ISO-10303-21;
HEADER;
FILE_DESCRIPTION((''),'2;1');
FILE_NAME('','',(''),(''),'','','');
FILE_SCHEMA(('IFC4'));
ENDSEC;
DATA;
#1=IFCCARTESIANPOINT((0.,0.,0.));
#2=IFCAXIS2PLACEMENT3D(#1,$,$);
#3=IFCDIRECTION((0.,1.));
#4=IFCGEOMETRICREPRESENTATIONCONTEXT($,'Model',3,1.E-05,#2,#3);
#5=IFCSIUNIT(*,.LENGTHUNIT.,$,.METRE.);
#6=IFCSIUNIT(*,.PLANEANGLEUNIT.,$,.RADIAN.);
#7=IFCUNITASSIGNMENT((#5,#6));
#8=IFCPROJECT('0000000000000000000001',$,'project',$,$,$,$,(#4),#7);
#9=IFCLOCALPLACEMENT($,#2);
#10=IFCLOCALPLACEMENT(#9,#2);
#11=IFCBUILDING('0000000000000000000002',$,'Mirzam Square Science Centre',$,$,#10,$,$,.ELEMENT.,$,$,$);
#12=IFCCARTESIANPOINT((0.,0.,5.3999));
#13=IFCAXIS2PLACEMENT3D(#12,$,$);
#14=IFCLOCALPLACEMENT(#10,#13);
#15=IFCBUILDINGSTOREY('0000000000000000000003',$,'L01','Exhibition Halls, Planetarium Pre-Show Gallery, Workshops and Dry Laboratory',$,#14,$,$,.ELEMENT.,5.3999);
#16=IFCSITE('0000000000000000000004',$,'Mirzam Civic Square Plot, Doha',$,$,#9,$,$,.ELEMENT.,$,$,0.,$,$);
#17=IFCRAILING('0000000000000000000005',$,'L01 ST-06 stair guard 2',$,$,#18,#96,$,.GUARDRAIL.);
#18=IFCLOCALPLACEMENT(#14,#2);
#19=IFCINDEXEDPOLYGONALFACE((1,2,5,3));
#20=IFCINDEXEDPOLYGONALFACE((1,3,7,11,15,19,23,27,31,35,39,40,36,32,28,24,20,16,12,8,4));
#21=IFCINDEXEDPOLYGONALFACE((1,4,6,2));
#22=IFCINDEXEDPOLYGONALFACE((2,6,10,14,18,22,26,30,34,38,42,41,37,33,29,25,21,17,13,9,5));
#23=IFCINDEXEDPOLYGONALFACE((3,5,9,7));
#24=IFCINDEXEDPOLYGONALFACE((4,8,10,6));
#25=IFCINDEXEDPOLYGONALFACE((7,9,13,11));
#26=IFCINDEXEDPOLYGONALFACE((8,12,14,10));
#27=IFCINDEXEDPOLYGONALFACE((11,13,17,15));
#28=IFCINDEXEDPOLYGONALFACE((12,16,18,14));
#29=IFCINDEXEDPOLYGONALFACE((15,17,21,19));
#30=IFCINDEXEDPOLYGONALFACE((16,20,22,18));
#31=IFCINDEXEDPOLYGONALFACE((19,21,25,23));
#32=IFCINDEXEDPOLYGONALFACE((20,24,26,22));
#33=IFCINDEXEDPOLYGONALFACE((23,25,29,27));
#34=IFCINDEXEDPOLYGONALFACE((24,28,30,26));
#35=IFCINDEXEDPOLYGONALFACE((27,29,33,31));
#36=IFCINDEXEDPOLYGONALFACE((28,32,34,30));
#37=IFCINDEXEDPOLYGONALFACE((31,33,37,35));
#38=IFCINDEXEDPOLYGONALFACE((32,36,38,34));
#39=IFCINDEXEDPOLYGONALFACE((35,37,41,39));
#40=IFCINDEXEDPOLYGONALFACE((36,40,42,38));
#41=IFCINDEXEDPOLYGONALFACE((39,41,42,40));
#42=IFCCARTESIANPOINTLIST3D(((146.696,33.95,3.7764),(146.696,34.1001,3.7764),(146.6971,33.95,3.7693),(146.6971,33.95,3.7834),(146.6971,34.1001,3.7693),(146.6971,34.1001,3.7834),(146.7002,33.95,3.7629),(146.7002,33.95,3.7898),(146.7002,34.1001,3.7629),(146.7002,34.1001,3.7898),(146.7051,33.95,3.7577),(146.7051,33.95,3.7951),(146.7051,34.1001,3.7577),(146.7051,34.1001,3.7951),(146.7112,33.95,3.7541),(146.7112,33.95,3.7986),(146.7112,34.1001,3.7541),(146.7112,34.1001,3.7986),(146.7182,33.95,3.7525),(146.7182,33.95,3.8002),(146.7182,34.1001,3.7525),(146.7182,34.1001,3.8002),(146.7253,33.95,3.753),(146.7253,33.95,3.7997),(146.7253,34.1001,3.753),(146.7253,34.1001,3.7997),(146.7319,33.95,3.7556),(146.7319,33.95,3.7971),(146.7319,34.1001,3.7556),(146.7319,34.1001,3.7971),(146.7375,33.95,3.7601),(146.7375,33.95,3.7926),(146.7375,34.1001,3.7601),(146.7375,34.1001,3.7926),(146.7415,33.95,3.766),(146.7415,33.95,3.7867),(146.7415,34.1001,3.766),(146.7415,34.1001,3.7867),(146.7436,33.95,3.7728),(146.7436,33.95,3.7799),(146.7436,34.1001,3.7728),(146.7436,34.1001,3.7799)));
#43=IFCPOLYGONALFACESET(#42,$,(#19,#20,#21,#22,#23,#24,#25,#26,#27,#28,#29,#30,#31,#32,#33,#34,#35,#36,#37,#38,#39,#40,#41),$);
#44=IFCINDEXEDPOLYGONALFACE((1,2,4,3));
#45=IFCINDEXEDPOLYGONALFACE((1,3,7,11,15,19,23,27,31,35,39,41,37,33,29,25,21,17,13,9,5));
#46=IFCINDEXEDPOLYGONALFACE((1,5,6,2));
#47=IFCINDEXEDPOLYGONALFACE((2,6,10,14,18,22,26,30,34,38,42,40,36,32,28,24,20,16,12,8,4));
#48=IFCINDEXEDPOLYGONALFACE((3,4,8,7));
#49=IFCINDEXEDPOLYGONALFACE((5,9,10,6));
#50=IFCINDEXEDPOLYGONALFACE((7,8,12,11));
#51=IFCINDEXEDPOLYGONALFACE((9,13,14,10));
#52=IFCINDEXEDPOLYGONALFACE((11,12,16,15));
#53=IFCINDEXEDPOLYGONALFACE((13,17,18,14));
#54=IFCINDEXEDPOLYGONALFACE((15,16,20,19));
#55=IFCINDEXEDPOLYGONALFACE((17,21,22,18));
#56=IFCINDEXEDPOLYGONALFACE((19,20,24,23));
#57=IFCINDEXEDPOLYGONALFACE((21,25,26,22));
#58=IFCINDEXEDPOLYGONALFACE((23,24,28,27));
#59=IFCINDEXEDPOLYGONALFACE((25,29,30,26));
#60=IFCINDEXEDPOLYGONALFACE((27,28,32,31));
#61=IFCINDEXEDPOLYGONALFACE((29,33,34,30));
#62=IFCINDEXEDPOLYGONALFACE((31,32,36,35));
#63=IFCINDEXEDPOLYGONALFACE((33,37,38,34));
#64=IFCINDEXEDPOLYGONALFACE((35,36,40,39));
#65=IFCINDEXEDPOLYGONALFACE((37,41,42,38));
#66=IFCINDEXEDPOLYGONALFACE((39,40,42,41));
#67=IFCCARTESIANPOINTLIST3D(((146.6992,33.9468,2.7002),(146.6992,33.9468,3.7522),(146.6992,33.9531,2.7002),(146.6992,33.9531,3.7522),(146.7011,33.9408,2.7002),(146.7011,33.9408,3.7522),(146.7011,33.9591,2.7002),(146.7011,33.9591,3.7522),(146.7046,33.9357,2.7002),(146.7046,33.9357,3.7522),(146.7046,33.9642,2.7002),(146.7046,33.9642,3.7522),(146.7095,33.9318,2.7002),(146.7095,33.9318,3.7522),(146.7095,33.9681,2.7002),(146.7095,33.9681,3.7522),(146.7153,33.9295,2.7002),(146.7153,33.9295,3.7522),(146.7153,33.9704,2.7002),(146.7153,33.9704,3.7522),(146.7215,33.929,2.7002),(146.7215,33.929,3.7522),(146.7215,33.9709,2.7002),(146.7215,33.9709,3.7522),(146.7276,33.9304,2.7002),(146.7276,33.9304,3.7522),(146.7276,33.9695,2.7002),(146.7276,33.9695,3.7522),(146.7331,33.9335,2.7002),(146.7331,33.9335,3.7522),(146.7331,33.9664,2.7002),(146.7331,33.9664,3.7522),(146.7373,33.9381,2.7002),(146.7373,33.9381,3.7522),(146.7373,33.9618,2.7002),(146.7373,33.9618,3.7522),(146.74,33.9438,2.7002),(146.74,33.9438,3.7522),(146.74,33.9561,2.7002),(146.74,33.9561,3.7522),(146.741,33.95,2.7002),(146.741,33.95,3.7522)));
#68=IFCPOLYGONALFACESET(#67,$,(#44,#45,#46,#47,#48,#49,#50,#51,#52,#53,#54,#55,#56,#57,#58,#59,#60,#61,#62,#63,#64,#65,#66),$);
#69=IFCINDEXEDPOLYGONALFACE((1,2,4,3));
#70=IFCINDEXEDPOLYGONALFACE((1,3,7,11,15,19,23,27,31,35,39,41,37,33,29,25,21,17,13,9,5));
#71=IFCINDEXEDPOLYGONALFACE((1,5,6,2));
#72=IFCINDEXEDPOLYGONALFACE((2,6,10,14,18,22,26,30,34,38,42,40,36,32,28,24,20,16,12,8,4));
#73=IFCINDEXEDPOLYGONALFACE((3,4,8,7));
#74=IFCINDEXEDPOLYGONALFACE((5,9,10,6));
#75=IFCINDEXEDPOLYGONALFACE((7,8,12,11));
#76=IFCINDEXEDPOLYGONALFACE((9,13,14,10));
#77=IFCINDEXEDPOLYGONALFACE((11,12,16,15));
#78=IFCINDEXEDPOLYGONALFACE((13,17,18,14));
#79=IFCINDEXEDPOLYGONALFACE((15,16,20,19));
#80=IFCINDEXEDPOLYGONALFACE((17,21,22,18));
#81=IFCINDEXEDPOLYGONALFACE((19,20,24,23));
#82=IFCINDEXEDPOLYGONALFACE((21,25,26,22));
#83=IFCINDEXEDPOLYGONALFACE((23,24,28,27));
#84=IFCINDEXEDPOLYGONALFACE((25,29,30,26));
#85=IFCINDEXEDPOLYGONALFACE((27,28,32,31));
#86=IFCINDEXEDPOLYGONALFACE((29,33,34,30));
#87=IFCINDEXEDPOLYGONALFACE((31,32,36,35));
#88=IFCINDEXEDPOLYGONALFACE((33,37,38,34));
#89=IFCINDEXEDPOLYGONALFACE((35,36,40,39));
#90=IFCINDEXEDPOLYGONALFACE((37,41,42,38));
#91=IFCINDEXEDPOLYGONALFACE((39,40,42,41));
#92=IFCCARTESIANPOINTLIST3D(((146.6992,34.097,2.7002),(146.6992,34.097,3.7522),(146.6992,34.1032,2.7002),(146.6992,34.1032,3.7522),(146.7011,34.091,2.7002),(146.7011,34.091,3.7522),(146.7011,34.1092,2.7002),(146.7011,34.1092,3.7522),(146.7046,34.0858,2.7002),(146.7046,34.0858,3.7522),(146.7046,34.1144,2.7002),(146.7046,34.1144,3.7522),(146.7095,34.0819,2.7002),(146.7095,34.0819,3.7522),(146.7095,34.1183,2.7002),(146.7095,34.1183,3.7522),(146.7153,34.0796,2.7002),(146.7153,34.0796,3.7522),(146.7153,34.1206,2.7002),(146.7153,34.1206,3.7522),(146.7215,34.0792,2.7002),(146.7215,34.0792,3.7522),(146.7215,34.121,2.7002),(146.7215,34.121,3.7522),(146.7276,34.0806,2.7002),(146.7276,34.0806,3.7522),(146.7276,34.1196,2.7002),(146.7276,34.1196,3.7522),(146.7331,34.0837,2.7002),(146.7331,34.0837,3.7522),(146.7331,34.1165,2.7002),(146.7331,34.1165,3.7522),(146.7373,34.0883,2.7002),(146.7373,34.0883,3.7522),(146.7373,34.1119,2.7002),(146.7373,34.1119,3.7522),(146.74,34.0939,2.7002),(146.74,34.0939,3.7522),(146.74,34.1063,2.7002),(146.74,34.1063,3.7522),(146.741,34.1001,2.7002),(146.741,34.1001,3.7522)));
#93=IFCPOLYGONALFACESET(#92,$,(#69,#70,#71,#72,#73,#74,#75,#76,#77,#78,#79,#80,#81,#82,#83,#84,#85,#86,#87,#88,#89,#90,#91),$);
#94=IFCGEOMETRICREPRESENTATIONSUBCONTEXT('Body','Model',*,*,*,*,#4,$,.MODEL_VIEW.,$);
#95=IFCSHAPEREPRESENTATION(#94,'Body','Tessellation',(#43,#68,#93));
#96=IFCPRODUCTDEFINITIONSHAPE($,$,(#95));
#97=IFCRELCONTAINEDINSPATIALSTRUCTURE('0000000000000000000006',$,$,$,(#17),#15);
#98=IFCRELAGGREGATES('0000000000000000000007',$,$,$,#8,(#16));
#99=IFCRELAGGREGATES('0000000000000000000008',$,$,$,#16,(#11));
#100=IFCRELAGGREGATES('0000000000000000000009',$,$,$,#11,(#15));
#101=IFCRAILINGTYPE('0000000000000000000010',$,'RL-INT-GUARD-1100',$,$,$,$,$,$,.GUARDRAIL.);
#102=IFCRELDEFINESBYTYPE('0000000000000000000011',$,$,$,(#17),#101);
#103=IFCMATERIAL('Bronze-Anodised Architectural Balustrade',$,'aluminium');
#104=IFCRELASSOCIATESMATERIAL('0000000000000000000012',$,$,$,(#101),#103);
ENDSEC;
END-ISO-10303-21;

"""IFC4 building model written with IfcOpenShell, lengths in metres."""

from ifc_helpers import new_model, si_unit, direction, frame, origin, origin_2d, place, context, subcontext, project, spatial, circle, extrude, material, type_object, element, save


model = new_model("IFC4")

# Units and contexts
model_context = context("Model", 3, precision=1e-05, world=origin(), true_north=direction((0.0, 1.0)))
body_context = subcontext(model_context, "Body", "Model", "MODEL_VIEW")
ifc_project = project(units=[si_unit("LENGTHUNIT", "METRE"), si_unit("PLANEANGLEUNIT", "RADIAN")], contexts=[model_context])

# Site, building, storey
site_placement = place(None, origin())
site = spatial("IfcSite", under=ifc_project, at=site_placement, Name="Mirzam Civic Square Plot, Doha", CompositionType="ELEMENT", RefElevation=0.0)
building_placement = place(site_placement, origin())
building = spatial("IfcBuilding", under=site, at=building_placement, Name="Mirzam Square Science Centre", CompositionType="ELEMENT")
storey_placement = place(building_placement, frame((0.0, 0.0, 5.3999)))
storey = spatial("IfcBuildingStorey", under=building, at=storey_placement, Name="L01", Description="Exhibition Halls, Planetarium Pre-Show Gallery, Workshops and Dry Laboratory", CompositionType="ELEMENT", Elevation=5.3999)

# Railing
ifc_material_1 = material(Name="Bronze-Anodised Architectural Balustrade", Category="aluminium")
railing_type_1 = type_object("IfcRailingType", Name="RL-INT-GUARD-1100", PredefinedType="GUARDRAIL", material=ifc_material_1)
railing_1_placement = place(storey_placement, frame((146.72, 33.95, 2.7002)))
element("IfcRailing", 1, at=railing_1_placement, inside=storey, type_object=railing_type_1, Name="L01 ST-06 stair guard 2", PredefinedType="GUARDRAIL", context=body_context, shape_type="SweptSolid", body=[
    extrude(circle(Radius=0.0239, at=origin_2d()), frame((0.0, 0.0, 1.0762), z_axis=(0.0, 1.0, 0.0), x_axis=(-1.0, 0.0, 0.0)), (0.0, 0.0, 1.0), 0.1501),
    extrude(circle(Radius=0.021, at=origin_2d()), origin(), (0.0, 0.0, 1.0), 1.052),
    extrude(circle(Radius=0.021, at=origin_2d()), frame((0.0, 0.1501, 0.0)), (0.0, 0.0, 1.0), 1.052),
])

save(model, "model.ifc")
